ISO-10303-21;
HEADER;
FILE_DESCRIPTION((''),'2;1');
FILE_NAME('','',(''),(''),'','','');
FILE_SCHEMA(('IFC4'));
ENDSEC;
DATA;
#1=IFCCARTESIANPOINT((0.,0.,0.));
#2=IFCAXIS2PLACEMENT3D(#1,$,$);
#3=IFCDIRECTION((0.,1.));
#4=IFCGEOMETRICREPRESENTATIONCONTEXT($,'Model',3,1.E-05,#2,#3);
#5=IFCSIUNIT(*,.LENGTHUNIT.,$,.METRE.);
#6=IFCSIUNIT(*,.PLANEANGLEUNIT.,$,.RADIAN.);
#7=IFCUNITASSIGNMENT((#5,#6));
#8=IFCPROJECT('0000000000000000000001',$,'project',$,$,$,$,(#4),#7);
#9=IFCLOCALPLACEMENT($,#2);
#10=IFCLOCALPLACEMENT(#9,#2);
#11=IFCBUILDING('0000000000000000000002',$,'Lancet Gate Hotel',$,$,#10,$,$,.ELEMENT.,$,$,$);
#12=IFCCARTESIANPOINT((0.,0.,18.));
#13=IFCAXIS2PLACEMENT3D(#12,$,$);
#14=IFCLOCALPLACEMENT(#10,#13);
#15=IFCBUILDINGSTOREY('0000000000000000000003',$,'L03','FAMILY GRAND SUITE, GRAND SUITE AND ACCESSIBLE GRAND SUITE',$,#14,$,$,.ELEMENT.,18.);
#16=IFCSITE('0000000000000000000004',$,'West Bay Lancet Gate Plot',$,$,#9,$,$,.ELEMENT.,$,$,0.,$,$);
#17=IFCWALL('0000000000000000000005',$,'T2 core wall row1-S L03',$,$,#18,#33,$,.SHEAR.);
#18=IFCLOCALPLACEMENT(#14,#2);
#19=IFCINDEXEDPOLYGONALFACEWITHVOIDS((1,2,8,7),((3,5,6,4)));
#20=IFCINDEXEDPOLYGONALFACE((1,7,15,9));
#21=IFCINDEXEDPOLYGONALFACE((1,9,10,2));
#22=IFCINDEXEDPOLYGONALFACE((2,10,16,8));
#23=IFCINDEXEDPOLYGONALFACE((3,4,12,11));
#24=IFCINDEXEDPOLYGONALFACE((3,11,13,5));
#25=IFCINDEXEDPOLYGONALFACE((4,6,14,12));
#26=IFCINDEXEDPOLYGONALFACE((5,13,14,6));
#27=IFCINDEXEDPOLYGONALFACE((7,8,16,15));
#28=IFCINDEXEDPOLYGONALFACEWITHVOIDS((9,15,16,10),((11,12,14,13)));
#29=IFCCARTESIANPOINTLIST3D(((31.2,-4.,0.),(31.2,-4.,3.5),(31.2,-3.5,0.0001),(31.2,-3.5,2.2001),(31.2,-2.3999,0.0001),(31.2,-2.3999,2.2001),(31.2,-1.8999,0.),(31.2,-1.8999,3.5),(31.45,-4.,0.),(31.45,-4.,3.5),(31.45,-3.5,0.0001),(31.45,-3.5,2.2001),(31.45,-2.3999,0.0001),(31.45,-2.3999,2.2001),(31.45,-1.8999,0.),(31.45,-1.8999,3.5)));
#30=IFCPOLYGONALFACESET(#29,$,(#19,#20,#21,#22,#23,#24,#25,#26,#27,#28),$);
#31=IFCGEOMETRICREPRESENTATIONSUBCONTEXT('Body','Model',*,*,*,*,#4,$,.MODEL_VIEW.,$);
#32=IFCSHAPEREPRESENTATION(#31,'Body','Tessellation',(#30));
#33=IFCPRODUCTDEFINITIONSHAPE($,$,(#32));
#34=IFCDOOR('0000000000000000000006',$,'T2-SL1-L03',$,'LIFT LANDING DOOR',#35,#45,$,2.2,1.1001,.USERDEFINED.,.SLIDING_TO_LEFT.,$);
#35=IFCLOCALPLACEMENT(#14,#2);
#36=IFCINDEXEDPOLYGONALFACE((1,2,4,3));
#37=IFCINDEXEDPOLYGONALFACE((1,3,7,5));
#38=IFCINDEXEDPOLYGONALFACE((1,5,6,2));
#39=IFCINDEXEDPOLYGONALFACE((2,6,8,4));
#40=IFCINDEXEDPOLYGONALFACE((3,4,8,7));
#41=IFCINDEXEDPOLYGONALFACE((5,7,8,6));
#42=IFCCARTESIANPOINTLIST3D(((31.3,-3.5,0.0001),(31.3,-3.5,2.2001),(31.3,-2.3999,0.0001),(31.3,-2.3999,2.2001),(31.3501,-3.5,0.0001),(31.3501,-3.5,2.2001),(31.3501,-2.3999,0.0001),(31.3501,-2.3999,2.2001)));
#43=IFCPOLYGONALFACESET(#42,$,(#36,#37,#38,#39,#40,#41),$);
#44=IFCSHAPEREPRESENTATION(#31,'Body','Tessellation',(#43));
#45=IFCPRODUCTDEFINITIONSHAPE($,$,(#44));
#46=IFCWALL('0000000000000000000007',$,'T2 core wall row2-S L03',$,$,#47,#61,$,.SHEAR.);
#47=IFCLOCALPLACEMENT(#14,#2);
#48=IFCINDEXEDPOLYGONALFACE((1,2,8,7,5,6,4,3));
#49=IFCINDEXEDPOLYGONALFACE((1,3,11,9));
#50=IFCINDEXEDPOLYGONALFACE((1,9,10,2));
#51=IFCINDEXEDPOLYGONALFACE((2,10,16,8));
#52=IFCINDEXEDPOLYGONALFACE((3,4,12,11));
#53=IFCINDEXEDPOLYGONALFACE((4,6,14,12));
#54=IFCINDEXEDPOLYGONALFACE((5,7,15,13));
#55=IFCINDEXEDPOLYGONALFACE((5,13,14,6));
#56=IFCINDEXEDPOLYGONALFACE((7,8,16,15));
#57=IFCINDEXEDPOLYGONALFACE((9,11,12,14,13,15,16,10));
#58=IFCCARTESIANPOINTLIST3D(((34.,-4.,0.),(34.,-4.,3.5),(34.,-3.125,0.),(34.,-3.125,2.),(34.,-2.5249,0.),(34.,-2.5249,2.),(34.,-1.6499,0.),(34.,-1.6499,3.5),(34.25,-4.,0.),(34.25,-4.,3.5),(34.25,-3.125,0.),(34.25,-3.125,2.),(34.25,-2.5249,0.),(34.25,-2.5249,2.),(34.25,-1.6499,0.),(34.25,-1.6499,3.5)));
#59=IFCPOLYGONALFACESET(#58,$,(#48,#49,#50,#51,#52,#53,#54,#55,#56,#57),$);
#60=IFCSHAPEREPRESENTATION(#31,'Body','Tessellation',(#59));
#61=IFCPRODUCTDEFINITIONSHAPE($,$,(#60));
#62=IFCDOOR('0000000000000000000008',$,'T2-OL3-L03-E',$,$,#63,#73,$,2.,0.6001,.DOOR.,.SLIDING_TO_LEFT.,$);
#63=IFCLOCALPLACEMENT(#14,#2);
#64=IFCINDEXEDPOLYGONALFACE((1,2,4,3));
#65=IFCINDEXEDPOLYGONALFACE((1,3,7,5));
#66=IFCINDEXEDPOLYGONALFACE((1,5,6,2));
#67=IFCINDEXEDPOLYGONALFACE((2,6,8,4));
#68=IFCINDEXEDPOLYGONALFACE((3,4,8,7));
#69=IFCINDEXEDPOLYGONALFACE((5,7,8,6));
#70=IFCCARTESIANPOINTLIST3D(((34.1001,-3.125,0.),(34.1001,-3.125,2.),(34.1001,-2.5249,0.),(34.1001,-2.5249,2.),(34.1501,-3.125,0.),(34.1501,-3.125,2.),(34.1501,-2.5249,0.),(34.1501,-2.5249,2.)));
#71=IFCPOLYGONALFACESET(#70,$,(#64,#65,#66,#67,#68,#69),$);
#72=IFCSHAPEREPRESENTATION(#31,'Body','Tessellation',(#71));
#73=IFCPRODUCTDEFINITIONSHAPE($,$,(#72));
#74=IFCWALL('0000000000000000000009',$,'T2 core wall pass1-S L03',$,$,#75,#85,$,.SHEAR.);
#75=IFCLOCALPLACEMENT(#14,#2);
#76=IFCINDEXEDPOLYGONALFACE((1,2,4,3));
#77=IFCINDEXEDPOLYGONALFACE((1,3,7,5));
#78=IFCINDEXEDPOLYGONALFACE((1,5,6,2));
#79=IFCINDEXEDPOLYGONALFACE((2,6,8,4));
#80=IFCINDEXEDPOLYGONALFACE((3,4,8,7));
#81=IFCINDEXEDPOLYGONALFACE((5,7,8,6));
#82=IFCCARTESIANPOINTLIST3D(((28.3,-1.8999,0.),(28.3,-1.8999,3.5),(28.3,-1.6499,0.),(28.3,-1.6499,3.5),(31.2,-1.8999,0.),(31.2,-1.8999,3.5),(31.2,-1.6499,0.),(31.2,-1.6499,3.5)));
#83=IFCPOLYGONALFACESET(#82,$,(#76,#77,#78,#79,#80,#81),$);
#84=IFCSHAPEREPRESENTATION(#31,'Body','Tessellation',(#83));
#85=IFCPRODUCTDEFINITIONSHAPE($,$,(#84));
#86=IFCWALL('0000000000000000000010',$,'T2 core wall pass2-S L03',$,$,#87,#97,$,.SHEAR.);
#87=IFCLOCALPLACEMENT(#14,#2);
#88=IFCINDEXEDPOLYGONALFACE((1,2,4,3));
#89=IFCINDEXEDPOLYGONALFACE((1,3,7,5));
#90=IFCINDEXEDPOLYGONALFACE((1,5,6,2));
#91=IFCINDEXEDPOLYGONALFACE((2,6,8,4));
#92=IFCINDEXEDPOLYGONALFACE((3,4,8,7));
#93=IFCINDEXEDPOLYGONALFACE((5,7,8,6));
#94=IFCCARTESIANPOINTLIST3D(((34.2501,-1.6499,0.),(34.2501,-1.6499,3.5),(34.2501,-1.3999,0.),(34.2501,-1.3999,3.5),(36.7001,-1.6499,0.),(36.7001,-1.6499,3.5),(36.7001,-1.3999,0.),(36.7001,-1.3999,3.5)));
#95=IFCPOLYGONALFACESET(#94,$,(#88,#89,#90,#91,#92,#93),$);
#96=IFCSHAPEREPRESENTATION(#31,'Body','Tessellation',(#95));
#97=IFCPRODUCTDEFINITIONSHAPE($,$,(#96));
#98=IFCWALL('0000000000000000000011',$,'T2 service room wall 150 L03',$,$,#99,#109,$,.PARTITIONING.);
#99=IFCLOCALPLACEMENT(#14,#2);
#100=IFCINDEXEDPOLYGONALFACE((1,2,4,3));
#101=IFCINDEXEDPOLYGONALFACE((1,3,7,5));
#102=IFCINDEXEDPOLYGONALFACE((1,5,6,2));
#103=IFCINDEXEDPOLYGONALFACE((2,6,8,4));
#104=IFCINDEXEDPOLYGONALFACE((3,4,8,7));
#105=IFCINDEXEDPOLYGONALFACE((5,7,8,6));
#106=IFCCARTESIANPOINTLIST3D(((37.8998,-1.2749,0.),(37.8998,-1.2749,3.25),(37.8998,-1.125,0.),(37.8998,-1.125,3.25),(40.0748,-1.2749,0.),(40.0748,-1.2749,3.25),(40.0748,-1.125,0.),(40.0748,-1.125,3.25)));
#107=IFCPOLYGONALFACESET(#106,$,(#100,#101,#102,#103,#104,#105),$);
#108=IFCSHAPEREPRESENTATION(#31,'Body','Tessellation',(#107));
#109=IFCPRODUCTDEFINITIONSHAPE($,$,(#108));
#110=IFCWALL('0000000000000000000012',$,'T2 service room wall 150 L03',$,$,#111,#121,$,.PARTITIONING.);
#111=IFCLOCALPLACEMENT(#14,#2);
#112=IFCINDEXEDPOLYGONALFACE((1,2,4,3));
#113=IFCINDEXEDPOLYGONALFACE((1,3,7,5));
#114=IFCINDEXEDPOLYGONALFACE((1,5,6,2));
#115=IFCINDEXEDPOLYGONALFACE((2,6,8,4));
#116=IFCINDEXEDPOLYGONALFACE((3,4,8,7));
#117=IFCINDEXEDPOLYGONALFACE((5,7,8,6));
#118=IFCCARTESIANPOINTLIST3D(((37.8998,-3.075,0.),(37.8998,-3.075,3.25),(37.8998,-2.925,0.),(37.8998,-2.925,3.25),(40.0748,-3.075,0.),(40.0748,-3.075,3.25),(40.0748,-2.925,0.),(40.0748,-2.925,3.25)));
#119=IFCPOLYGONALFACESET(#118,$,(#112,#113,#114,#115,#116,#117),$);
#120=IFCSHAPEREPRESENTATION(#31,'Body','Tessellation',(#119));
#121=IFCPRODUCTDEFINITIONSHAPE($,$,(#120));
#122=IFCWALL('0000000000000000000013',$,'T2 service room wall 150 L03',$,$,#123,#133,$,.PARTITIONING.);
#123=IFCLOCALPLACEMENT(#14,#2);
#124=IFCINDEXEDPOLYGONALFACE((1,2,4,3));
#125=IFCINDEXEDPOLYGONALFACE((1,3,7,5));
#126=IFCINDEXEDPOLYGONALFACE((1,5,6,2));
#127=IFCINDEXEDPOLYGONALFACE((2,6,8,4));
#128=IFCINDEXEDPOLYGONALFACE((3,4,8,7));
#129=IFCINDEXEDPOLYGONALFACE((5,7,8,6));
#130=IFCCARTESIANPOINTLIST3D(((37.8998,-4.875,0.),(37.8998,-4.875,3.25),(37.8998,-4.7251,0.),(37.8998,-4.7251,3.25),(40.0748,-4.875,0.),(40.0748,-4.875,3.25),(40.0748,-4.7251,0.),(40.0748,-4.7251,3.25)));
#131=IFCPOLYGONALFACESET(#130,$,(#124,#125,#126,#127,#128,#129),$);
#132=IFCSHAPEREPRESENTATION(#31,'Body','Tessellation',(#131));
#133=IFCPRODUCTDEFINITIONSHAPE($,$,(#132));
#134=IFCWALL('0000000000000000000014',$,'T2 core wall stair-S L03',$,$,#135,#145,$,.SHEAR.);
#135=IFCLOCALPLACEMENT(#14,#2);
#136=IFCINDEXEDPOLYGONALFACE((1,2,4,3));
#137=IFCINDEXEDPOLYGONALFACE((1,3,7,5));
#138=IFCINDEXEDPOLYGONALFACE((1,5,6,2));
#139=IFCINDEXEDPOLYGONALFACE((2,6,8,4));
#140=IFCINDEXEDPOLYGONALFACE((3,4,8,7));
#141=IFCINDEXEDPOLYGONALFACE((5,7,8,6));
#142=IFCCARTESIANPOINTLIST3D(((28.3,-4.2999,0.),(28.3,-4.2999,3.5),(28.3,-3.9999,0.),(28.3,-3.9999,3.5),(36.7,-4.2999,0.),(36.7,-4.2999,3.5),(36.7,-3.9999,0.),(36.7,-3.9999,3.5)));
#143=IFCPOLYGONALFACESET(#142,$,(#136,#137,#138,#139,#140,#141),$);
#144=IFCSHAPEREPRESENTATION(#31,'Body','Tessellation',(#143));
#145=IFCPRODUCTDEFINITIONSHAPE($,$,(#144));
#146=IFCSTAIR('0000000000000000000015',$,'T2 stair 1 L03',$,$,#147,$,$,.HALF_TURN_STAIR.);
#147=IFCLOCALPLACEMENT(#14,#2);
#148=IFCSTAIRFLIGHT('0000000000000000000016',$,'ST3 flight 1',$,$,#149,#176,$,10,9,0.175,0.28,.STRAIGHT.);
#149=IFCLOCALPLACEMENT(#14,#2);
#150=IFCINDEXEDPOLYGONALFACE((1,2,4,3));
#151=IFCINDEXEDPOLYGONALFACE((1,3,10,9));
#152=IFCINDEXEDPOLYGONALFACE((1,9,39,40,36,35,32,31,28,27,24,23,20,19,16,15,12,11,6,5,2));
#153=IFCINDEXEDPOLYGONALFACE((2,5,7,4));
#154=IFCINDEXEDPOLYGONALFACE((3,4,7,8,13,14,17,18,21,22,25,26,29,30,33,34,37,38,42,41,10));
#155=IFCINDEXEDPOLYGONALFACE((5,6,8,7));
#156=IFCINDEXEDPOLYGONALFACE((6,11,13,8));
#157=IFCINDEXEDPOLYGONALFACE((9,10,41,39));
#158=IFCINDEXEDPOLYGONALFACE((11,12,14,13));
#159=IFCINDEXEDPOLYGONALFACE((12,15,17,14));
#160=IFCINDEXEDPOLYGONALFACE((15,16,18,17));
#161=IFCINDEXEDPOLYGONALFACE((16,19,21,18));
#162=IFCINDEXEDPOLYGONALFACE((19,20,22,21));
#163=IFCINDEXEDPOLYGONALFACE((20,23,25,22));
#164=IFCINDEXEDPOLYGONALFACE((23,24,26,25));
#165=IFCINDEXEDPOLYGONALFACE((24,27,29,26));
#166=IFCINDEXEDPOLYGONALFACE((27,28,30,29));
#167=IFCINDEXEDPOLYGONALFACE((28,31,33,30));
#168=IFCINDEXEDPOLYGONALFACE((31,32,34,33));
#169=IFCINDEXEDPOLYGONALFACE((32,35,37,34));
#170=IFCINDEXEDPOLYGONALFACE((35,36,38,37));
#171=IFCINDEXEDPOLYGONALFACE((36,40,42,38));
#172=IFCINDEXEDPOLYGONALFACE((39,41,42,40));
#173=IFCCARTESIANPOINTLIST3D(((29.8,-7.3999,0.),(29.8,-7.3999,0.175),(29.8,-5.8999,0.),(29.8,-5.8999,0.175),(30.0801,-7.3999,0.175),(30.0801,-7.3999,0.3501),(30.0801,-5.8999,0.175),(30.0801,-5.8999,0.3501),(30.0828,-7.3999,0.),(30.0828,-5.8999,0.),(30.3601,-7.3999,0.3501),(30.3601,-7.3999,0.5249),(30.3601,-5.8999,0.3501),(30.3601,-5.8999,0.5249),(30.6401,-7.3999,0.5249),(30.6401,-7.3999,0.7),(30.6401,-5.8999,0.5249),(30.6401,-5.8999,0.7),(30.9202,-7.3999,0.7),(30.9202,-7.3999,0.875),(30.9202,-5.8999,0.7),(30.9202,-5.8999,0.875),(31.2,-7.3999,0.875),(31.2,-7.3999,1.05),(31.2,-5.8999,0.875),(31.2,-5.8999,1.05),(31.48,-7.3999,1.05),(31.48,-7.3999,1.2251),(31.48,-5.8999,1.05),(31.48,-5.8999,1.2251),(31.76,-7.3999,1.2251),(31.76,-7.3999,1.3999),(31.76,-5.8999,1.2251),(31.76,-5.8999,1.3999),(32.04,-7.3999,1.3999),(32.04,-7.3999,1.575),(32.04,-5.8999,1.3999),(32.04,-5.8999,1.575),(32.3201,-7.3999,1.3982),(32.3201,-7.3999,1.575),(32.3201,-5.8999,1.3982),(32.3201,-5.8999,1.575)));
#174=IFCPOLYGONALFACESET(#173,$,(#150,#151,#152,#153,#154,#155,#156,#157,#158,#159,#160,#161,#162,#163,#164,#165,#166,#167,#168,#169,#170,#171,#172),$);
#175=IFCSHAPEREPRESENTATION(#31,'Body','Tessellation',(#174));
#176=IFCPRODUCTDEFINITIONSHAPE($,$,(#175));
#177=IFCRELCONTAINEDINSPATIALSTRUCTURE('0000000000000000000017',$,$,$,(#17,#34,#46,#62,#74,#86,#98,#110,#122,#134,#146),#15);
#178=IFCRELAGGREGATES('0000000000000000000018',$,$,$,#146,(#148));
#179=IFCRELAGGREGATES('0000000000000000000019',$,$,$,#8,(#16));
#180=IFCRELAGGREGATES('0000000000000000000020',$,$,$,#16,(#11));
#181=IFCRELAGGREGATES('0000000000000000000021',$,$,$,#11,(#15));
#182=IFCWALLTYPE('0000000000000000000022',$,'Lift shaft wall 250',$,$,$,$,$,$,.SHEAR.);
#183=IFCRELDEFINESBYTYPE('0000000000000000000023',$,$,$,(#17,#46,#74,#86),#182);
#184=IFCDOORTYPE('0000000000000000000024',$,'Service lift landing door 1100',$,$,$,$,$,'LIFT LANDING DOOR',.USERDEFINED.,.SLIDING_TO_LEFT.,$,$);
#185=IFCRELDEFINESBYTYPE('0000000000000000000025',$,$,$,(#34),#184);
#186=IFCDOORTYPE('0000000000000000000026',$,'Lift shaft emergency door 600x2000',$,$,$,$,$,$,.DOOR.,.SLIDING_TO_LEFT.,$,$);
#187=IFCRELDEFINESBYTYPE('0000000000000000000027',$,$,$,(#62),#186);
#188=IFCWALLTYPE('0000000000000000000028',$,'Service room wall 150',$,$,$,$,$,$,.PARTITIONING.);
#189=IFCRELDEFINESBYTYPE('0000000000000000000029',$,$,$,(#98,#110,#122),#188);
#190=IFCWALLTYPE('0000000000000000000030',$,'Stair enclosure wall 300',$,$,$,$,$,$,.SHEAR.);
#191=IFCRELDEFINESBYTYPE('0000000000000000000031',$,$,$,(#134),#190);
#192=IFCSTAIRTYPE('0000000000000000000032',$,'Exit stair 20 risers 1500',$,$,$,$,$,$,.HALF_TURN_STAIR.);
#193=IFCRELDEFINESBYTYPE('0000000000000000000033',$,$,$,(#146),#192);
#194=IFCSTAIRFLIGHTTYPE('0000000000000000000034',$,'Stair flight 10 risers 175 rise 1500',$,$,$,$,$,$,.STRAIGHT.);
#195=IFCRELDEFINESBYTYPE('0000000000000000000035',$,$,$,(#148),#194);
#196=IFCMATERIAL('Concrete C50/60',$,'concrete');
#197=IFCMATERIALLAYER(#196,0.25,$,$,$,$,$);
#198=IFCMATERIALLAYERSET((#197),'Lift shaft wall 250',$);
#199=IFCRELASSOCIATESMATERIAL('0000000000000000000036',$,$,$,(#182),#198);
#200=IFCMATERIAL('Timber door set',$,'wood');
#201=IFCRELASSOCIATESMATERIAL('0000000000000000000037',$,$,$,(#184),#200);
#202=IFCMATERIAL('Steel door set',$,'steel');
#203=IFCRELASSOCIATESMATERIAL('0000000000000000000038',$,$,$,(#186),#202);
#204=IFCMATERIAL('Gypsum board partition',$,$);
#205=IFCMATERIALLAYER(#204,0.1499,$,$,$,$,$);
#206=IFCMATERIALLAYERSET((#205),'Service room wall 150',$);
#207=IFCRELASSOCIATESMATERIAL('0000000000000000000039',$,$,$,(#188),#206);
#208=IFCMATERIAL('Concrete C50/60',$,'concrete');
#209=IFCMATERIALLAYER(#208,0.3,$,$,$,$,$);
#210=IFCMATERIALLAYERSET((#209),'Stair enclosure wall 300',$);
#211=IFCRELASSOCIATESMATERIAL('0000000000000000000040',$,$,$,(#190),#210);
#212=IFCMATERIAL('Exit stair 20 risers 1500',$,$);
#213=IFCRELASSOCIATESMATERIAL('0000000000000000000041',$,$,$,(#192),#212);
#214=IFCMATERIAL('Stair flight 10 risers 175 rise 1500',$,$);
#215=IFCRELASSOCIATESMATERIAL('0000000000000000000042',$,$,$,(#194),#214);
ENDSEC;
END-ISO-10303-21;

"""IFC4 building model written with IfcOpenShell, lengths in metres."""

from ifc_helpers import new_model, si_unit, direction, frame, frame_2d, origin, place, context, subcontext, project, spatial, polyline, rectangle, outline, extrude, material, layer, layer_set, type_object, element, fill, aggregate, save


model = new_model("IFC4")

# Units and contexts
model_context = context("Model", 3, precision=1e-05, world=origin(), true_north=direction((0.0, 1.0)))
body_context = subcontext(model_context, "Body", "Model", "MODEL_VIEW")
ifc_project = project(units=[si_unit("LENGTHUNIT", "METRE"), si_unit("PLANEANGLEUNIT", "RADIAN")], contexts=[model_context])

# Site, building, storey
site_placement = place(None, origin())
site = spatial("IfcSite", under=ifc_project, at=site_placement, Name="West Bay Lancet Gate Plot", CompositionType="ELEMENT", RefElevation=0.0)
building_placement = place(site_placement, origin())
building = spatial("IfcBuilding", under=site, at=building_placement, Name="Lancet Gate Hotel", CompositionType="ELEMENT")
storey_placement = place(building_placement, frame((0.0, 0.0, 18.0)))
storey = spatial("IfcBuildingStorey", under=building, at=storey_placement, Name="L03", Description="FAMILY GRAND SUITE, GRAND SUITE AND ACCESSIBLE GRAND SUITE", CompositionType="ELEMENT", Elevation=18.0)

# Walls, openings, doors
ifc_material_1 = material(Name="Concrete C50/60", Category="concrete")
ifc_layer_1 = layer(ifc_material_1, 0.25)
ifc_layer_set_1 = layer_set([ifc_layer_1], Name="Lift shaft wall 250")
wall_type_1 = type_object("IfcWallType", Name="Lift shaft wall 250", PredefinedType="SHEAR", material=ifc_layer_set_1)
wall_1_placement = place(storey_placement, frame((31.325, -4.0, 0.0), z_axis=(0.0, 0.0, 1.0), x_axis=(0.0, 1.0, 0.0)))
wall_1 = element("IfcWall", 1, at=wall_1_placement, inside=storey, type_object=wall_type_1, Name="T2 core wall row1-S L03", PredefinedType="SHEAR", context=body_context, shape_type="SweptSolid", body=[
    extrude(rectangle(XDim=2.1001, YDim=0.25, at=frame_2d((1.05, 0.0))), origin(), (0.0, 0.0, 1.0), 3.5),
])
opening_1_placement = place(wall_1_placement, frame((0.5, 0.0, 0.0)))
opening_1 = element("IfcOpeningElement", 2, at=opening_1_placement, cuts=wall_1, PredefinedType="OPENING", context=body_context, shape_type="SweptSolid", body=[
    extrude(rectangle(XDim=1.1001, YDim=2.2, at=frame_2d((0.55, 1.1001))), frame((0.0, 0.135, 0.0), z_axis=(0.0, -1.0, 0.0), x_axis=(1.0, 0.0, 0.0)), (0.0, 0.0, 1.0), 0.27),
])
ifc_material_2 = material(Name="Timber door set", Category="wood")
door_type_1 = type_object("IfcDoorType", Name="Service lift landing door 1100", ElementType="LIFT LANDING DOOR", OperationType="SLIDING_TO_LEFT", PredefinedType="USERDEFINED", material=ifc_material_2)
door_1_placement = place(opening_1_placement, origin())
door_1 = element("IfcDoor", 3, at=door_1_placement, inside=storey, type_object=door_type_1, Name="T2-SL1-L03", ObjectType="LIFT LANDING DOOR", OperationType="SLIDING_TO_LEFT", OverallHeight=2.2, OverallWidth=1.1001, PredefinedType="USERDEFINED", context=body_context, shape_type="SweptSolid", body=[
    extrude(rectangle(XDim=1.1001, YDim=2.2, at=frame_2d((0.55, 1.1001))), frame((0.0, 0.0249, 0.0), z_axis=(0.0, -1.0, 0.0), x_axis=(1.0, 0.0, 0.0)), (0.0, 0.0, 1.0), 0.05),
])
fill(opening_1, door_1)
wall_2_placement = place(storey_placement, frame((34.125, -4.0, 0.0), z_axis=(0.0, 0.0, 1.0), x_axis=(0.0, 1.0, 0.0)))
wall_2 = element("IfcWall", 4, at=wall_2_placement, inside=storey, type_object=wall_type_1, Name="T2 core wall row2-S L03", PredefinedType="SHEAR", context=body_context, shape_type="SweptSolid", body=[
    extrude(rectangle(XDim=2.3501, YDim=0.25, at=frame_2d((1.175, 0.0))), origin(), (0.0, 0.0, 1.0), 3.5),
])
opening_2_placement = place(wall_2_placement, frame((0.875, 0.0, 0.0)))
opening_2 = element("IfcOpeningElement", 5, at=opening_2_placement, cuts=wall_2, PredefinedType="OPENING", context=body_context, shape_type="SweptSolid", body=[
    extrude(rectangle(XDim=0.6001, YDim=2.0, at=frame_2d((0.3, 1.0))), frame((0.0, 0.135, 0.0), z_axis=(0.0, -1.0, 0.0), x_axis=(1.0, 0.0, 0.0)), (0.0, 0.0, 1.0), 0.27),
])
ifc_material_3 = material(Name="Steel door set", Category="steel")
door_type_2 = type_object("IfcDoorType", Name="Lift shaft emergency door 600x2000", OperationType="SLIDING_TO_LEFT", PredefinedType="DOOR", material=ifc_material_3)
door_2_placement = place(opening_2_placement, origin())
door_2 = element("IfcDoor", 6, at=door_2_placement, inside=storey, type_object=door_type_2, Name="T2-OL3-L03-E", OperationType="SLIDING_TO_LEFT", OverallHeight=2.0, OverallWidth=0.6001, PredefinedType="DOOR", context=body_context, shape_type="SweptSolid", body=[
    extrude(rectangle(XDim=0.6001, YDim=2.0, at=frame_2d((0.3, 1.0))), frame((0.0, 0.0249, 0.0), z_axis=(0.0, -1.0, 0.0), x_axis=(1.0, 0.0, 0.0)), (0.0, 0.0, 1.0), 0.05),
])
fill(opening_2, door_2)

# Walls
wall_3_placement = place(storey_placement, frame((28.3, -1.7749, 0.0), z_axis=(0.0, 0.0, 1.0), x_axis=(1.0, 0.0, 0.0)))
element("IfcWall", 7, at=wall_3_placement, inside=storey, type_object=wall_type_1, Name="T2 core wall pass1-S L03", PredefinedType="SHEAR", context=body_context, shape_type="SweptSolid", body=[
    extrude(rectangle(XDim=2.8999, YDim=0.25, at=frame_2d((1.45, 0.0))), origin(), (0.0, 0.0, 1.0), 3.5),
])
wall_4_placement = place(storey_placement, frame((34.25, -1.5249, 0.0), z_axis=(0.0, 0.0, 1.0), x_axis=(1.0, 0.0, 0.0)))
element("IfcWall", 8, at=wall_4_placement, inside=storey, type_object=wall_type_1, Name="T2 core wall pass2-S L03", PredefinedType="SHEAR", context=body_context, shape_type="SweptSolid", body=[
    extrude(rectangle(XDim=2.45, YDim=0.25, at=frame_2d((1.2251, 0.0))), origin(), (0.0, 0.0, 1.0), 3.5),
])
ifc_material_4 = material(Name="Gypsum board partition")
ifc_layer_2 = layer(ifc_material_4, 0.1499)
ifc_layer_set_2 = layer_set([ifc_layer_2], Name="Service room wall 150")
wall_type_2 = type_object("IfcWallType", Name="Service room wall 150", PredefinedType="PARTITIONING", material=ifc_layer_set_2)
for number, where, z_axis, x_axis, name in (
    (9, (37.8999, -1.2, 0.0), (0.0, 0.0, 1.0), (1.0, 0.0, 0.0), "T2 service room wall 150 L03"),
    (10, (37.8999, -3.0, 0.0), (0.0, 0.0, 1.0), (1.0, 0.0, 0.0), "T2 service room wall 150 L03"),
    (11, (37.8999, -4.8, 0.0), (0.0, 0.0, 1.0), (1.0, 0.0, 0.0), "T2 service room wall 150 L03"),
):
    element("IfcWall", number, at=place(storey_placement, frame(where, z_axis=z_axis, x_axis=x_axis)), inside=storey, type_object=wall_type_2, Name=name, PredefinedType="PARTITIONING", context=body_context, shape_type="SweptSolid", body=[
        extrude(rectangle(XDim=2.175, YDim=0.1499, at=frame_2d((1.0874, 0.0))), origin(), (0.0, 0.0, 1.0), 3.25),
    ])
ifc_material_5 = material(Name="Concrete C50/60", Category="concrete")
ifc_layer_3 = layer(ifc_material_5, 0.3)
ifc_layer_set_3 = layer_set([ifc_layer_3], Name="Stair enclosure wall 300")
wall_type_3 = type_object("IfcWallType", Name="Stair enclosure wall 300", PredefinedType="SHEAR", material=ifc_layer_set_3)
wall_5_placement = place(storey_placement, frame((28.3, -4.1499, 0.0), z_axis=(0.0, 0.0, 1.0), x_axis=(1.0, 0.0, 0.0)))
element("IfcWall", 12, at=wall_5_placement, inside=storey, type_object=wall_type_3, Name="T2 core wall stair-S L03", PredefinedType="SHEAR", context=body_context, shape_type="SweptSolid", body=[
    extrude(rectangle(XDim=8.3999, YDim=0.3, at=frame_2d((4.2, 0.0))), origin(), (0.0, 0.0, 1.0), 3.5),
])

# Stair, stair flight
ifc_material_6 = material(Name="Exit stair 20 risers 1500")
stair_type = type_object("IfcStairType", Name="Exit stair 20 risers 1500", PredefinedType="HALF_TURN_STAIR", material=ifc_material_6)
stair_placement = place(storey_placement, origin())
stair = element("IfcStair", 13, at=stair_placement, inside=storey, type_object=stair_type, Name="T2 stair 1 L03", PredefinedType="HALF_TURN_STAIR")
ifc_material_7 = material(Name="Stair flight 10 risers 175 rise 1500")
stair_flight_type = type_object("IfcStairFlightType", Name="Stair flight 10 risers 175 rise 1500", PredefinedType="STRAIGHT", material=ifc_material_7)
stair_flight_1_placement = place(storey_placement, frame((29.8, -6.6499, 0.0), z_axis=(0.0, 0.0, 1.0), x_axis=(1.0, 0.0, 0.0)))
stair_flight_1 = element("IfcStairFlight", 14, at=stair_flight_1_placement, type_object=stair_flight_type, Name="ST3 flight 1", NumberOfRisers=10, NumberOfTreads=9, PredefinedType="STRAIGHT", RiserHeight=0.175, TreadLength=0.28, context=body_context, shape_type="SweptSolid", body=[
    extrude(outline(polyline([(0.0, 0.0), (0.0, 0.175), (0.28, 0.175), (0.28, 0.3501), (0.5601, 0.3501), (0.5601, 0.5249), (0.8401, 0.5249), (0.8401, 0.7), (1.1201, 0.7), (1.1201, 0.875), (1.3999, 0.875), (1.3999, 1.05), (1.6799, 1.05), (1.6799, 1.2251), (1.96, 1.2251), (1.96, 1.3999), (2.24, 1.3999), (2.24, 1.575), (2.52, 1.575), (2.52, 1.75), (2.52, 1.3982), (0.2827, 0.0), (0.0, 0.0)])), frame((0.0, 0.75, 0.0), z_axis=(0.0, -1.0, 0.0), x_axis=(1.0, 0.0, 0.0)), (0.0, 0.0, 1.0), 1.5),
])
aggregate(stair, [stair_flight_1])

save(model, "model.ifc")
